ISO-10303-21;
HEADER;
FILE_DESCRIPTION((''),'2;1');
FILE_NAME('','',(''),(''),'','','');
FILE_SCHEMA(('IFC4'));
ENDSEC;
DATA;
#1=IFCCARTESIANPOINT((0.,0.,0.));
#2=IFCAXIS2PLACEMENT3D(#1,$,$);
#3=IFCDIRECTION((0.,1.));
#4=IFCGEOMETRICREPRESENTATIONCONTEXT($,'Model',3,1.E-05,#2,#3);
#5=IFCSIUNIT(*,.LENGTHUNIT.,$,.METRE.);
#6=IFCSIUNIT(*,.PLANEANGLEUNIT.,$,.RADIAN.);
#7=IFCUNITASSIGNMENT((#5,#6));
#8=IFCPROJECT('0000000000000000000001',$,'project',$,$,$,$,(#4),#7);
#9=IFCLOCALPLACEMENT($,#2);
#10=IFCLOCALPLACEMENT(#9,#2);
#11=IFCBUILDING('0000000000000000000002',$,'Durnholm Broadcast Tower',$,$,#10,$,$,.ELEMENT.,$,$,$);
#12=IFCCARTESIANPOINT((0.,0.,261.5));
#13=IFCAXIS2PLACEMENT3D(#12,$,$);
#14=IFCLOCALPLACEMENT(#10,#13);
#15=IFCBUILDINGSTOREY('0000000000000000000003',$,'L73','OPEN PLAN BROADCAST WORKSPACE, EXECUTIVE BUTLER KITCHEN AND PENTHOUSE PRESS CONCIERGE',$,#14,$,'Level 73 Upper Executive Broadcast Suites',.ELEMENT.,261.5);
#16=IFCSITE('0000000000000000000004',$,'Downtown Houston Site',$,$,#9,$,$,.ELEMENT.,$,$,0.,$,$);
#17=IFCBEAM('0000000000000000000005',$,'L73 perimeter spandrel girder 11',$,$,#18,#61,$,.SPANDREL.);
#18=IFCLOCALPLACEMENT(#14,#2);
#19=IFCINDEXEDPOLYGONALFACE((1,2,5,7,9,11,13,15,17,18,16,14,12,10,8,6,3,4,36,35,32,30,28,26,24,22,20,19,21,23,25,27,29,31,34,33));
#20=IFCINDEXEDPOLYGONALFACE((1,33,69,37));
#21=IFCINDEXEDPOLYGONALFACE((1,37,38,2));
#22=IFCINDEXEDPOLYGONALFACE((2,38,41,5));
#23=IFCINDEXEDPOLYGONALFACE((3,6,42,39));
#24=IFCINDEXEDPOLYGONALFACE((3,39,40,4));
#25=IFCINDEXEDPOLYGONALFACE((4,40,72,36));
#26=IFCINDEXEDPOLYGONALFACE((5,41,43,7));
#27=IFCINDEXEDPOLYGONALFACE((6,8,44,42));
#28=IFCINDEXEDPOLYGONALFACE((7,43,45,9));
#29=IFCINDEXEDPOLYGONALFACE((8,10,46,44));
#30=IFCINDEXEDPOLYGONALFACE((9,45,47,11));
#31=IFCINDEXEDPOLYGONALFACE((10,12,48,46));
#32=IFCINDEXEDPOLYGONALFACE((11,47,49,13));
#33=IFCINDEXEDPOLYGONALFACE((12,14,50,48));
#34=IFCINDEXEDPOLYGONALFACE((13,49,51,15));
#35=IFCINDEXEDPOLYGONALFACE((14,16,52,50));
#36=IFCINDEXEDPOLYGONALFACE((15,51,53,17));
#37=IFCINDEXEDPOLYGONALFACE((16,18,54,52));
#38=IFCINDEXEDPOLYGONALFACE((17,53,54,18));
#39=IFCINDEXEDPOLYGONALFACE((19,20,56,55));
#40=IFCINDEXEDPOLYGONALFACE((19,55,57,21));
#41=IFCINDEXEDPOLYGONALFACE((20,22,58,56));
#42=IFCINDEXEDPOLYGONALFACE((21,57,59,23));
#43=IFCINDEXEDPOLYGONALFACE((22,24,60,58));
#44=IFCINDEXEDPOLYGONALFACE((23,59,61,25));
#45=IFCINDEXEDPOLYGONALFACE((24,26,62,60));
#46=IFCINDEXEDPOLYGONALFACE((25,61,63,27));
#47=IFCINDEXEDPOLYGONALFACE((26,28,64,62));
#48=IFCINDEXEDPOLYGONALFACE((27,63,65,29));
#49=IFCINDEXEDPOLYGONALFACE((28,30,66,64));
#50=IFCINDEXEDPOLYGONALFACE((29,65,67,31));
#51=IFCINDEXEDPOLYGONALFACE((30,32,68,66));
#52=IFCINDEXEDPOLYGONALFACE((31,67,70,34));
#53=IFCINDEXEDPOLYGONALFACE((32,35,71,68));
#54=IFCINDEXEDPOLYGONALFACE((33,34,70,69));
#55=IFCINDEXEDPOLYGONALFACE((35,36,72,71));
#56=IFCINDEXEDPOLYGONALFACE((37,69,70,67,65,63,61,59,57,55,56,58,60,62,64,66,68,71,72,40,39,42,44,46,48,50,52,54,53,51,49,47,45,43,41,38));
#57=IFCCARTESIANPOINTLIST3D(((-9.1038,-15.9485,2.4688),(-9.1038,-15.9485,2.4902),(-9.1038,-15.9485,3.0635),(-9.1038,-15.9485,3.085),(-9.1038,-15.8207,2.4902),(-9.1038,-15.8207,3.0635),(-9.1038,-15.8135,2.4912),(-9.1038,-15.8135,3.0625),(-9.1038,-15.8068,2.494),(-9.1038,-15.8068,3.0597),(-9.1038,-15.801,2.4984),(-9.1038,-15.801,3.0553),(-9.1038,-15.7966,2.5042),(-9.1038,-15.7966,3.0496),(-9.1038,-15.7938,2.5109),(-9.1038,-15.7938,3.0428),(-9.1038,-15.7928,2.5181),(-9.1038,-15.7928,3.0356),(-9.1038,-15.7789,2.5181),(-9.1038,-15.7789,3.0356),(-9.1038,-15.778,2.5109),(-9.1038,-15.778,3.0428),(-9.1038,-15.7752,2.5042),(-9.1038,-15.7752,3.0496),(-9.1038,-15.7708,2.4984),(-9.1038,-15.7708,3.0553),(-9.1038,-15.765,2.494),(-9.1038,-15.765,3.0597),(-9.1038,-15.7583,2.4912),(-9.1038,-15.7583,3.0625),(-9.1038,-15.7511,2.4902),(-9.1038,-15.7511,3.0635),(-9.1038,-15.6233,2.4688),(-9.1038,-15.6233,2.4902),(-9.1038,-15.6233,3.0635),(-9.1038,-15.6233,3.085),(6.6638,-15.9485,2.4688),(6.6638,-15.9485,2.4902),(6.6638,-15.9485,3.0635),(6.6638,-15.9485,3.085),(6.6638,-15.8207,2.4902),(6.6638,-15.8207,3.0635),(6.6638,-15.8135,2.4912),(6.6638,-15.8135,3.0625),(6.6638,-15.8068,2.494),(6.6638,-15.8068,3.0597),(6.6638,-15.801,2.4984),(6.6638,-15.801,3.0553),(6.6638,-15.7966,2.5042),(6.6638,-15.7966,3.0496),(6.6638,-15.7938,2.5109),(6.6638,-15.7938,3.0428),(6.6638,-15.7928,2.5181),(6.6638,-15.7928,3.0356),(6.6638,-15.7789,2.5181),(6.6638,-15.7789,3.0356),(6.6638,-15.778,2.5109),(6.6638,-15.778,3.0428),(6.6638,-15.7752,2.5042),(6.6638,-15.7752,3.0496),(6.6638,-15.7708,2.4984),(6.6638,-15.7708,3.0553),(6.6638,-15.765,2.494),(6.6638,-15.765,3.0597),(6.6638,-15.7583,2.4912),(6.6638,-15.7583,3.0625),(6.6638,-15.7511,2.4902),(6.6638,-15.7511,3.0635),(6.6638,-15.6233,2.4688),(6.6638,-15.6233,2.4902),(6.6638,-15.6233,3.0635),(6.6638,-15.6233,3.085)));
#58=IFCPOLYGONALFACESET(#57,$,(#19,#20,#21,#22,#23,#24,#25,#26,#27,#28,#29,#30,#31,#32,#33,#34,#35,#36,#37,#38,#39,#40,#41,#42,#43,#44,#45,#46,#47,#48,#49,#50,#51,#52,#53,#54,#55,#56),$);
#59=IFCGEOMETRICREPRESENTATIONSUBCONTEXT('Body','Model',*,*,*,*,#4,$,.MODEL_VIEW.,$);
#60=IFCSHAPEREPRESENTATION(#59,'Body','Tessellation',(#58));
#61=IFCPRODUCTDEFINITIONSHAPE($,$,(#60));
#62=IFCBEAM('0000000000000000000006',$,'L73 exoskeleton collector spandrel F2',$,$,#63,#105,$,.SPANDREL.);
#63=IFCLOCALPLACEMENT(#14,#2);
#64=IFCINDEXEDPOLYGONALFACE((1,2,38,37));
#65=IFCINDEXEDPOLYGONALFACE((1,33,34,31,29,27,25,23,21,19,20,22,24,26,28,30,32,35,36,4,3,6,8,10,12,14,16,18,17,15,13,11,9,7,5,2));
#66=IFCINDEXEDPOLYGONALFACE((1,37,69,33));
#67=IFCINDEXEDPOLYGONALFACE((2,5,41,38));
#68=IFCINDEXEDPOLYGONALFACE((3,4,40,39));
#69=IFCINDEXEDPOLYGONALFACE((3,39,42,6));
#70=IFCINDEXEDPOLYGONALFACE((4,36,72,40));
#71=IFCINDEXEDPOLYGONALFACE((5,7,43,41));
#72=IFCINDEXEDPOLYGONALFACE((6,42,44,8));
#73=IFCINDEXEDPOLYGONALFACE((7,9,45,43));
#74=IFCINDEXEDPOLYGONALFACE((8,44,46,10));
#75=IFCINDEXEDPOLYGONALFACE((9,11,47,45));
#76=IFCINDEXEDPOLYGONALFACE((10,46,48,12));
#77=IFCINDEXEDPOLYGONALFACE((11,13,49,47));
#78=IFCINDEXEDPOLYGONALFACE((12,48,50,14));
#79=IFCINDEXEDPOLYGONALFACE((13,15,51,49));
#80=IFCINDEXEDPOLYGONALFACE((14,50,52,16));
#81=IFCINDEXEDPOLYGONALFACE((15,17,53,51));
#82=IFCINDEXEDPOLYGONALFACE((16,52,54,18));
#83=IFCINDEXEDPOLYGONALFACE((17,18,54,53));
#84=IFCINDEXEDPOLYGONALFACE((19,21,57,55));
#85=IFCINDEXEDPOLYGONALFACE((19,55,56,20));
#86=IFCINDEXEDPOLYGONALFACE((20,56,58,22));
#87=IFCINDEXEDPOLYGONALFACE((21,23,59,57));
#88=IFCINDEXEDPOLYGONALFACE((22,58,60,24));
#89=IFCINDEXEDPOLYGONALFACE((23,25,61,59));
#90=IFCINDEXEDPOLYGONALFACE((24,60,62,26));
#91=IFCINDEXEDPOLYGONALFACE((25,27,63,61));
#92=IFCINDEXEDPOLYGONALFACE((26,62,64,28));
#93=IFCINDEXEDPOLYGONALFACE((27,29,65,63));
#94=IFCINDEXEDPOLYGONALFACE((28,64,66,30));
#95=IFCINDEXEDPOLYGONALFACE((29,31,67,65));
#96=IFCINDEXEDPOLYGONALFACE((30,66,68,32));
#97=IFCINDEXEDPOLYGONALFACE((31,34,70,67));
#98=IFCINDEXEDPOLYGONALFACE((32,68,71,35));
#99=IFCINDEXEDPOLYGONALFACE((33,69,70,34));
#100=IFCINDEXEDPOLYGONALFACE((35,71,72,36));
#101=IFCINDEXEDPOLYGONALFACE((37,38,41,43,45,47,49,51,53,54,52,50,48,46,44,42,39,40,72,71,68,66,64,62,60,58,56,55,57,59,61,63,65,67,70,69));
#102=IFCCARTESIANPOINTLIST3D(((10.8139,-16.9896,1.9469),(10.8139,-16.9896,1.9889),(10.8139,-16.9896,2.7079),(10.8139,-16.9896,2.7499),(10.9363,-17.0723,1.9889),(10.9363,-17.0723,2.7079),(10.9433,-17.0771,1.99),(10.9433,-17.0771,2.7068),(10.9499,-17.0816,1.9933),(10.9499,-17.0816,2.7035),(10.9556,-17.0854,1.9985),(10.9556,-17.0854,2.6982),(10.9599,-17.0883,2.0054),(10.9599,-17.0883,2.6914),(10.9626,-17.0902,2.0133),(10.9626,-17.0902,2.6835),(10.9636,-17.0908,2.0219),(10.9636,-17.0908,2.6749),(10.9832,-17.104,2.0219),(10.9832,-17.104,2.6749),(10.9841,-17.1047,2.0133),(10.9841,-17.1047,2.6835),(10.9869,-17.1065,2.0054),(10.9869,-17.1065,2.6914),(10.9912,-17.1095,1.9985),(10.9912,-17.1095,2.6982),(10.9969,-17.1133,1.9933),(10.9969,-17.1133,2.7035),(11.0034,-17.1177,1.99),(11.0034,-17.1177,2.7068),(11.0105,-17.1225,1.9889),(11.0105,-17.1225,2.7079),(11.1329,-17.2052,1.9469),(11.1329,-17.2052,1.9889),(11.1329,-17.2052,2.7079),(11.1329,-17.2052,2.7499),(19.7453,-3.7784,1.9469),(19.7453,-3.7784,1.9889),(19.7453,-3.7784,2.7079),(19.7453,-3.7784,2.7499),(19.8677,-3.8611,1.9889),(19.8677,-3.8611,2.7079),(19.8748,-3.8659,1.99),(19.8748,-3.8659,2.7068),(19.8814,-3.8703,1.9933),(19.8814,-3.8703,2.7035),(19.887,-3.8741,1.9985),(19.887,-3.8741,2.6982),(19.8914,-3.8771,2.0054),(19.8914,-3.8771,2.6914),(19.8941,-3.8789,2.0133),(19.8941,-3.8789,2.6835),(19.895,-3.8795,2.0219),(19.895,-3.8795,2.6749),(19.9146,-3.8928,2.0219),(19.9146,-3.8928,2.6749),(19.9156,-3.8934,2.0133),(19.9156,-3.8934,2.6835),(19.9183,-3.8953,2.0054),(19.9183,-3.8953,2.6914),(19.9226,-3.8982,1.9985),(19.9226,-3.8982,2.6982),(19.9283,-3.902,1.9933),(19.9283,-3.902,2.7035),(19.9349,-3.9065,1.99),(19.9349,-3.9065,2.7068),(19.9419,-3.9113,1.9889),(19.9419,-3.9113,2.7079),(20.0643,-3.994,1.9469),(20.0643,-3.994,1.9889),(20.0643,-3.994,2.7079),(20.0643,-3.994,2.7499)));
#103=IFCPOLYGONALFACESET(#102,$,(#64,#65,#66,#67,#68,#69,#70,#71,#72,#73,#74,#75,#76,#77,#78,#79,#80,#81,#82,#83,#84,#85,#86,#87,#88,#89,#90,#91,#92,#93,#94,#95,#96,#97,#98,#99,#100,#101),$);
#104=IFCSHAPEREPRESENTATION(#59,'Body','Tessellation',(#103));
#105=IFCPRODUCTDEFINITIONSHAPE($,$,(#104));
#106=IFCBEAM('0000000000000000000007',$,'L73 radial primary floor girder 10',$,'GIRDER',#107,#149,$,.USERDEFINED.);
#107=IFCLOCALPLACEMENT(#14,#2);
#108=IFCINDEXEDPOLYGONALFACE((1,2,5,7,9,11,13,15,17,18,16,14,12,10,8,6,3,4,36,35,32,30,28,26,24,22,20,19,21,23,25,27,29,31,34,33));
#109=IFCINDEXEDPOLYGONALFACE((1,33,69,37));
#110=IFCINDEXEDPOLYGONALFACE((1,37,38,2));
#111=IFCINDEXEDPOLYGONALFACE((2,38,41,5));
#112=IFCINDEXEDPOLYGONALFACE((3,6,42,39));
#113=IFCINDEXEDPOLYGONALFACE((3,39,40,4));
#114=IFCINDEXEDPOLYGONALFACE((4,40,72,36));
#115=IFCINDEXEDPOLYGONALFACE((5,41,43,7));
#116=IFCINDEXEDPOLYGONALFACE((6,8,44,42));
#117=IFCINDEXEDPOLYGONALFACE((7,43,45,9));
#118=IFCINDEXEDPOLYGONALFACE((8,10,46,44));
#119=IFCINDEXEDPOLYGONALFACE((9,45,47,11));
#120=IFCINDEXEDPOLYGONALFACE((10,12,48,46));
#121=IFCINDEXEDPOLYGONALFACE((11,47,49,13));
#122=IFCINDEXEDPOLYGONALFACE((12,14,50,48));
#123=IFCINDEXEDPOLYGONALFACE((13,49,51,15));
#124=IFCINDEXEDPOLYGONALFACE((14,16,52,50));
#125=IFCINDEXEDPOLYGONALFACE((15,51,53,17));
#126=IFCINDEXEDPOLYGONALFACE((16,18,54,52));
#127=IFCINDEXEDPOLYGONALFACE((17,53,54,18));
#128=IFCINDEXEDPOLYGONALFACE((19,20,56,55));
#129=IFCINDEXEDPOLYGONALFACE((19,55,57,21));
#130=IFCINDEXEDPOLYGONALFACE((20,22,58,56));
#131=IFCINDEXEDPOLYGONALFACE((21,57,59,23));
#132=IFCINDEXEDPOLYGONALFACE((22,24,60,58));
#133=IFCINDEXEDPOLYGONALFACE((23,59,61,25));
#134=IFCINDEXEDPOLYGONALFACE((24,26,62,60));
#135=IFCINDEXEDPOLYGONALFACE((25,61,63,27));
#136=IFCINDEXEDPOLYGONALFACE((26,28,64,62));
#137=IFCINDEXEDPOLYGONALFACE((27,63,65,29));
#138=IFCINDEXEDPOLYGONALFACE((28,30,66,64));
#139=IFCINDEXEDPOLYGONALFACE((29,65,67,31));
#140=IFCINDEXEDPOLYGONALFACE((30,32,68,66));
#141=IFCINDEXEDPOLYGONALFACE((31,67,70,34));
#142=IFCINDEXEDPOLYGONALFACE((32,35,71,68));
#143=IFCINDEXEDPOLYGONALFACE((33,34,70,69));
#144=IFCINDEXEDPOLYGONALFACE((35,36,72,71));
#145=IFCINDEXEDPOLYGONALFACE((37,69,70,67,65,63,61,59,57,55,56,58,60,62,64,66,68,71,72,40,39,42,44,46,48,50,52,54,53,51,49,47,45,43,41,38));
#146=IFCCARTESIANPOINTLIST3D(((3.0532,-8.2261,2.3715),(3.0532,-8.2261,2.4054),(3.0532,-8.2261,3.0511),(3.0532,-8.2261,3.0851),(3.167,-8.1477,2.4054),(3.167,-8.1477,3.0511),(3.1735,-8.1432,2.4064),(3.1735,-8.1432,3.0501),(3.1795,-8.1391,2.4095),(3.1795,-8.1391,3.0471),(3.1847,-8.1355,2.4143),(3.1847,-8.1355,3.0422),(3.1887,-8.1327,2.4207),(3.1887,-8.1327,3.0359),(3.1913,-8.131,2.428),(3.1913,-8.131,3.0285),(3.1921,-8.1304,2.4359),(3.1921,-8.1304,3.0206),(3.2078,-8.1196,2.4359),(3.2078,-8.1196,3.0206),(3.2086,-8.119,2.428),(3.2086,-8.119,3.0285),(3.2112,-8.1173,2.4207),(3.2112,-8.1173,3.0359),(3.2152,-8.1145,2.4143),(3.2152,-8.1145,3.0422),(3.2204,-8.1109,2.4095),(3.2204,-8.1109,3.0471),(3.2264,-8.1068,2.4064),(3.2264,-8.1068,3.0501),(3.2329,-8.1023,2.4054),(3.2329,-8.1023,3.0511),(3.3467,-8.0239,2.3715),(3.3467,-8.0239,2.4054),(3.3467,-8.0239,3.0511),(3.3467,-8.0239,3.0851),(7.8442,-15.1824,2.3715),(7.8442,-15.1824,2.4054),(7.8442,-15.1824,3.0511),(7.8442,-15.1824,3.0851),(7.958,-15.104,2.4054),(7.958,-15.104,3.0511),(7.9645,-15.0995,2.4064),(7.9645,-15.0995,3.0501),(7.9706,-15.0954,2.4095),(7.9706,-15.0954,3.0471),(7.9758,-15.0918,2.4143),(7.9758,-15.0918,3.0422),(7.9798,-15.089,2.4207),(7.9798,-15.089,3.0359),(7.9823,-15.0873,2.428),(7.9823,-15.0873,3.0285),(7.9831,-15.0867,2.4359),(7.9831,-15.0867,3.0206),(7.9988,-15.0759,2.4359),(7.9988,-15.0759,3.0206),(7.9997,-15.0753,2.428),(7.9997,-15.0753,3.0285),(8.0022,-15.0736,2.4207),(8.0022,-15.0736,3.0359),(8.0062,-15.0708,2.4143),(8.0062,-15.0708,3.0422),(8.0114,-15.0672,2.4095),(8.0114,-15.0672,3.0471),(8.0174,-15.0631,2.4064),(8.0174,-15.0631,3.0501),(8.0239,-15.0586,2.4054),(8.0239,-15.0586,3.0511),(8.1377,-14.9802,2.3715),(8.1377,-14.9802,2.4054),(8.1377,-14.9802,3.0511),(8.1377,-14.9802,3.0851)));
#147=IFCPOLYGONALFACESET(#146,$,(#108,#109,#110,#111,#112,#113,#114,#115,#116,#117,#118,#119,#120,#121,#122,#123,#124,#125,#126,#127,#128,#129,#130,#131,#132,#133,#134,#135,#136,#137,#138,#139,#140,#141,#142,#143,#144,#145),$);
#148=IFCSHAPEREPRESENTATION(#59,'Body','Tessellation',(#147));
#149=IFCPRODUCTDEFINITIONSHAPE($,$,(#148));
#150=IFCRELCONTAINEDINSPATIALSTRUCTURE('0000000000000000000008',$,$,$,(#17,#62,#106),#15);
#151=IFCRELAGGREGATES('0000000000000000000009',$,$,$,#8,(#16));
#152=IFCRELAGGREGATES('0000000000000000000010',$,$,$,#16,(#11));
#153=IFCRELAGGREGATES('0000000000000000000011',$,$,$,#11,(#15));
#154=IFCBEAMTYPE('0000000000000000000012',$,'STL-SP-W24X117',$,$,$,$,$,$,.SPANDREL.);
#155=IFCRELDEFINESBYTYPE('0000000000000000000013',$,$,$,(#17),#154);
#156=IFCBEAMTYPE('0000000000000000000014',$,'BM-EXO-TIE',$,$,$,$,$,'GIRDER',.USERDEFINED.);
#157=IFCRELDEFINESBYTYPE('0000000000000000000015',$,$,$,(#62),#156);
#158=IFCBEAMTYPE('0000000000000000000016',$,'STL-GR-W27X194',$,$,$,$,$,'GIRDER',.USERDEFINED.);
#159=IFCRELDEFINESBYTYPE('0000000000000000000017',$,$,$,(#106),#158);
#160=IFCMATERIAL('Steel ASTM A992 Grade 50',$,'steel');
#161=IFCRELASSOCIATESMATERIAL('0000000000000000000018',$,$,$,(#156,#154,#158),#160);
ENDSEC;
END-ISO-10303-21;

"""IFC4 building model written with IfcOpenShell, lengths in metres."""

from ifc_helpers import new_model, si_unit, direction, frame, origin, origin_2d, place, context, subcontext, project, spatial, i_section, extrude, source, transform, mapped, material, material_profile, profile_set, type_object, type_shapes, element, save


model = new_model("IFC4")

# Units and contexts
model_context = context("Model", 3, precision=1e-05, world=origin(), true_north=direction((0.0, 1.0)))
body_context = subcontext(model_context, "Body", "Model", "MODEL_VIEW")
ifc_project = project(units=[si_unit("LENGTHUNIT", "METRE"), si_unit("PLANEANGLEUNIT", "RADIAN")], contexts=[model_context])

# Site, building, storey
site_placement = place(None, origin())
site = spatial("IfcSite", under=ifc_project, at=site_placement, Name="Downtown Houston Site", CompositionType="ELEMENT", RefElevation=0.0)
building_placement = place(site_placement, origin())
building = spatial("IfcBuilding", under=site, at=building_placement, Name="Durnholm Broadcast Tower", CompositionType="ELEMENT")
storey_placement = place(building_placement, frame((0.0, 0.0, 261.5)))
storey = spatial("IfcBuildingStorey", under=building, at=storey_placement, Name="L73", Description="OPEN PLAN BROADCAST WORKSPACE, EXECUTIVE BUTLER KITCHEN AND PENTHOUSE PRESS CONCIERGE", LongName="Level 73 Upper Executive Broadcast Suites", CompositionType="ELEMENT", Elevation=261.5)

# Beams
ifc_material_1 = material(Name="Steel ASTM A992 Grade 50", Category="steel")
ifc_material_profile_1 = material_profile(ifc_material_1, i_section(OverallWidth=0.385, OverallDepth=0.803, WebThickness=0.0237, FlangeThickness=0.042, FilletRadius=0.033, at=origin_2d()), Name="W30X261")
ifc_profile_set_1 = profile_set([ifc_material_profile_1], Name="Steel ASTM A992 Grade 50")
beam_type_1 = type_object("IfcBeamType", Name="BM-EXO-TIE", ElementType="GIRDER", PredefinedType="USERDEFINED", material=ifc_profile_set_1)
ifc_material_profile_2 = material_profile(ifc_material_1, i_section(OverallWidth=0.3252, OverallDepth=0.6162, WebThickness=0.0139, FlangeThickness=0.0215, FilletRadius=0.0278, at=origin_2d()), Name="W24X117")
ifc_profile_set_2 = profile_set([ifc_material_profile_2], Name="Steel ASTM A992 Grade 50")
beam_type_2 = type_object("IfcBeamType", Name="STL-SP-W24X117", PredefinedType="SPANDREL", material=ifc_profile_set_2)
shared_shape_1 = source(origin(), body_context, "Body", "SweptSolid", [
    extrude(i_section(OverallWidth=0.3252, OverallDepth=0.6162, WebThickness=0.0139, FlangeThickness=0.0215, FilletRadius=0.0278, at=origin_2d()), origin(), (0.0, 0.0, 1.0), 15.7676),
])
beam_1_placement = place(storey_placement, frame((6.6638, -15.7859, 2.7769), z_axis=(-1.0, 0.0, 0.0), x_axis=(0.0, -1.0, 0.0)))
element("IfcBeam", 1, at=beam_1_placement, inside=storey, type_object=beam_type_2, Name="L73 perimeter spandrel girder 11", PredefinedType="SPANDREL", context=body_context, shape_type="MappedRepresentation", body=[
    mapped(shared_shape_1, transform((0.0, 0.0, 0.0), x_axis=(1.0, 0.0, 0.0), y_axis=(0.0, 1.0, 0.0), z_axis=(0.0, 0.0, 1.0), scale=1.0)),
])
shared_shape_2 = source(origin(), body_context, "Body", "SweptSolid", [
    extrude(i_section(OverallWidth=0.385, OverallDepth=0.803, WebThickness=0.0237, FlangeThickness=0.042, FilletRadius=0.033, at=origin_2d()), origin(), (0.0, 0.0, 1.0), 15.947),
])
beam_2_placement = place(storey_placement, frame((10.9734, -17.0974, 2.3484), z_axis=(0.560069, 0.828446, 0.0), x_axis=(-0.828446, 0.560069, 0.0)))
element("IfcBeam", 2, at=beam_2_placement, inside=storey, type_object=beam_type_1, Name="L73 exoskeleton collector spandrel F2", PredefinedType="SPANDREL", context=body_context, shape_type="MappedRepresentation", body=[
    mapped(shared_shape_2, transform((0.0, 0.0, 0.0), x_axis=(1.0, 0.0, 0.0), y_axis=(0.0, 1.0, 0.0), z_axis=(0.0, 0.0, 1.0), scale=1.0)),
])
ifc_material_profile_3 = material_profile(ifc_material_1, i_section(OverallWidth=0.3564, OverallDepth=0.7136, WebThickness=0.019, FlangeThickness=0.0339, FilletRadius=0.0305, at=origin_2d()), Name="W27X194")
ifc_profile_set_3 = profile_set([ifc_material_profile_3], Name="Steel ASTM A992 Grade 50")
beam_type_3 = type_object("IfcBeamType", Name="STL-GR-W27X194", ElementType="GIRDER", PredefinedType="USERDEFINED", material=ifc_profile_set_3)
shared_shape_3 = source(origin(), body_context, "Body", "SweptSolid", [
    extrude(i_section(OverallWidth=0.3564, OverallDepth=0.7136, WebThickness=0.019, FlangeThickness=0.0339, FilletRadius=0.0305, at=origin_2d()), origin(), (0.0, 0.0, 1.0), 8.4465),
])
type_shapes(beam_type_3, [shared_shape_3])
beam_3_placement = place(storey_placement, frame((3.2, -8.125, 2.7283), z_axis=(0.567217, -0.823569, 0.0), x_axis=(0.823569, 0.567217, 0.0)))
element("IfcBeam", 3, at=beam_3_placement, inside=storey, type_object=beam_type_3, Name="L73 radial primary floor girder 10", ObjectType="GIRDER", PredefinedType="USERDEFINED", context=body_context, shape_type="MappedRepresentation", body=[
    mapped(shared_shape_3, transform((0.0, 0.0, 0.0), x_axis=(1.0, 0.0, 0.0), y_axis=(0.0, 1.0, 0.0), z_axis=(0.0, 0.0, 1.0), scale=1.0)),
])

save(model, "model.ifc")
